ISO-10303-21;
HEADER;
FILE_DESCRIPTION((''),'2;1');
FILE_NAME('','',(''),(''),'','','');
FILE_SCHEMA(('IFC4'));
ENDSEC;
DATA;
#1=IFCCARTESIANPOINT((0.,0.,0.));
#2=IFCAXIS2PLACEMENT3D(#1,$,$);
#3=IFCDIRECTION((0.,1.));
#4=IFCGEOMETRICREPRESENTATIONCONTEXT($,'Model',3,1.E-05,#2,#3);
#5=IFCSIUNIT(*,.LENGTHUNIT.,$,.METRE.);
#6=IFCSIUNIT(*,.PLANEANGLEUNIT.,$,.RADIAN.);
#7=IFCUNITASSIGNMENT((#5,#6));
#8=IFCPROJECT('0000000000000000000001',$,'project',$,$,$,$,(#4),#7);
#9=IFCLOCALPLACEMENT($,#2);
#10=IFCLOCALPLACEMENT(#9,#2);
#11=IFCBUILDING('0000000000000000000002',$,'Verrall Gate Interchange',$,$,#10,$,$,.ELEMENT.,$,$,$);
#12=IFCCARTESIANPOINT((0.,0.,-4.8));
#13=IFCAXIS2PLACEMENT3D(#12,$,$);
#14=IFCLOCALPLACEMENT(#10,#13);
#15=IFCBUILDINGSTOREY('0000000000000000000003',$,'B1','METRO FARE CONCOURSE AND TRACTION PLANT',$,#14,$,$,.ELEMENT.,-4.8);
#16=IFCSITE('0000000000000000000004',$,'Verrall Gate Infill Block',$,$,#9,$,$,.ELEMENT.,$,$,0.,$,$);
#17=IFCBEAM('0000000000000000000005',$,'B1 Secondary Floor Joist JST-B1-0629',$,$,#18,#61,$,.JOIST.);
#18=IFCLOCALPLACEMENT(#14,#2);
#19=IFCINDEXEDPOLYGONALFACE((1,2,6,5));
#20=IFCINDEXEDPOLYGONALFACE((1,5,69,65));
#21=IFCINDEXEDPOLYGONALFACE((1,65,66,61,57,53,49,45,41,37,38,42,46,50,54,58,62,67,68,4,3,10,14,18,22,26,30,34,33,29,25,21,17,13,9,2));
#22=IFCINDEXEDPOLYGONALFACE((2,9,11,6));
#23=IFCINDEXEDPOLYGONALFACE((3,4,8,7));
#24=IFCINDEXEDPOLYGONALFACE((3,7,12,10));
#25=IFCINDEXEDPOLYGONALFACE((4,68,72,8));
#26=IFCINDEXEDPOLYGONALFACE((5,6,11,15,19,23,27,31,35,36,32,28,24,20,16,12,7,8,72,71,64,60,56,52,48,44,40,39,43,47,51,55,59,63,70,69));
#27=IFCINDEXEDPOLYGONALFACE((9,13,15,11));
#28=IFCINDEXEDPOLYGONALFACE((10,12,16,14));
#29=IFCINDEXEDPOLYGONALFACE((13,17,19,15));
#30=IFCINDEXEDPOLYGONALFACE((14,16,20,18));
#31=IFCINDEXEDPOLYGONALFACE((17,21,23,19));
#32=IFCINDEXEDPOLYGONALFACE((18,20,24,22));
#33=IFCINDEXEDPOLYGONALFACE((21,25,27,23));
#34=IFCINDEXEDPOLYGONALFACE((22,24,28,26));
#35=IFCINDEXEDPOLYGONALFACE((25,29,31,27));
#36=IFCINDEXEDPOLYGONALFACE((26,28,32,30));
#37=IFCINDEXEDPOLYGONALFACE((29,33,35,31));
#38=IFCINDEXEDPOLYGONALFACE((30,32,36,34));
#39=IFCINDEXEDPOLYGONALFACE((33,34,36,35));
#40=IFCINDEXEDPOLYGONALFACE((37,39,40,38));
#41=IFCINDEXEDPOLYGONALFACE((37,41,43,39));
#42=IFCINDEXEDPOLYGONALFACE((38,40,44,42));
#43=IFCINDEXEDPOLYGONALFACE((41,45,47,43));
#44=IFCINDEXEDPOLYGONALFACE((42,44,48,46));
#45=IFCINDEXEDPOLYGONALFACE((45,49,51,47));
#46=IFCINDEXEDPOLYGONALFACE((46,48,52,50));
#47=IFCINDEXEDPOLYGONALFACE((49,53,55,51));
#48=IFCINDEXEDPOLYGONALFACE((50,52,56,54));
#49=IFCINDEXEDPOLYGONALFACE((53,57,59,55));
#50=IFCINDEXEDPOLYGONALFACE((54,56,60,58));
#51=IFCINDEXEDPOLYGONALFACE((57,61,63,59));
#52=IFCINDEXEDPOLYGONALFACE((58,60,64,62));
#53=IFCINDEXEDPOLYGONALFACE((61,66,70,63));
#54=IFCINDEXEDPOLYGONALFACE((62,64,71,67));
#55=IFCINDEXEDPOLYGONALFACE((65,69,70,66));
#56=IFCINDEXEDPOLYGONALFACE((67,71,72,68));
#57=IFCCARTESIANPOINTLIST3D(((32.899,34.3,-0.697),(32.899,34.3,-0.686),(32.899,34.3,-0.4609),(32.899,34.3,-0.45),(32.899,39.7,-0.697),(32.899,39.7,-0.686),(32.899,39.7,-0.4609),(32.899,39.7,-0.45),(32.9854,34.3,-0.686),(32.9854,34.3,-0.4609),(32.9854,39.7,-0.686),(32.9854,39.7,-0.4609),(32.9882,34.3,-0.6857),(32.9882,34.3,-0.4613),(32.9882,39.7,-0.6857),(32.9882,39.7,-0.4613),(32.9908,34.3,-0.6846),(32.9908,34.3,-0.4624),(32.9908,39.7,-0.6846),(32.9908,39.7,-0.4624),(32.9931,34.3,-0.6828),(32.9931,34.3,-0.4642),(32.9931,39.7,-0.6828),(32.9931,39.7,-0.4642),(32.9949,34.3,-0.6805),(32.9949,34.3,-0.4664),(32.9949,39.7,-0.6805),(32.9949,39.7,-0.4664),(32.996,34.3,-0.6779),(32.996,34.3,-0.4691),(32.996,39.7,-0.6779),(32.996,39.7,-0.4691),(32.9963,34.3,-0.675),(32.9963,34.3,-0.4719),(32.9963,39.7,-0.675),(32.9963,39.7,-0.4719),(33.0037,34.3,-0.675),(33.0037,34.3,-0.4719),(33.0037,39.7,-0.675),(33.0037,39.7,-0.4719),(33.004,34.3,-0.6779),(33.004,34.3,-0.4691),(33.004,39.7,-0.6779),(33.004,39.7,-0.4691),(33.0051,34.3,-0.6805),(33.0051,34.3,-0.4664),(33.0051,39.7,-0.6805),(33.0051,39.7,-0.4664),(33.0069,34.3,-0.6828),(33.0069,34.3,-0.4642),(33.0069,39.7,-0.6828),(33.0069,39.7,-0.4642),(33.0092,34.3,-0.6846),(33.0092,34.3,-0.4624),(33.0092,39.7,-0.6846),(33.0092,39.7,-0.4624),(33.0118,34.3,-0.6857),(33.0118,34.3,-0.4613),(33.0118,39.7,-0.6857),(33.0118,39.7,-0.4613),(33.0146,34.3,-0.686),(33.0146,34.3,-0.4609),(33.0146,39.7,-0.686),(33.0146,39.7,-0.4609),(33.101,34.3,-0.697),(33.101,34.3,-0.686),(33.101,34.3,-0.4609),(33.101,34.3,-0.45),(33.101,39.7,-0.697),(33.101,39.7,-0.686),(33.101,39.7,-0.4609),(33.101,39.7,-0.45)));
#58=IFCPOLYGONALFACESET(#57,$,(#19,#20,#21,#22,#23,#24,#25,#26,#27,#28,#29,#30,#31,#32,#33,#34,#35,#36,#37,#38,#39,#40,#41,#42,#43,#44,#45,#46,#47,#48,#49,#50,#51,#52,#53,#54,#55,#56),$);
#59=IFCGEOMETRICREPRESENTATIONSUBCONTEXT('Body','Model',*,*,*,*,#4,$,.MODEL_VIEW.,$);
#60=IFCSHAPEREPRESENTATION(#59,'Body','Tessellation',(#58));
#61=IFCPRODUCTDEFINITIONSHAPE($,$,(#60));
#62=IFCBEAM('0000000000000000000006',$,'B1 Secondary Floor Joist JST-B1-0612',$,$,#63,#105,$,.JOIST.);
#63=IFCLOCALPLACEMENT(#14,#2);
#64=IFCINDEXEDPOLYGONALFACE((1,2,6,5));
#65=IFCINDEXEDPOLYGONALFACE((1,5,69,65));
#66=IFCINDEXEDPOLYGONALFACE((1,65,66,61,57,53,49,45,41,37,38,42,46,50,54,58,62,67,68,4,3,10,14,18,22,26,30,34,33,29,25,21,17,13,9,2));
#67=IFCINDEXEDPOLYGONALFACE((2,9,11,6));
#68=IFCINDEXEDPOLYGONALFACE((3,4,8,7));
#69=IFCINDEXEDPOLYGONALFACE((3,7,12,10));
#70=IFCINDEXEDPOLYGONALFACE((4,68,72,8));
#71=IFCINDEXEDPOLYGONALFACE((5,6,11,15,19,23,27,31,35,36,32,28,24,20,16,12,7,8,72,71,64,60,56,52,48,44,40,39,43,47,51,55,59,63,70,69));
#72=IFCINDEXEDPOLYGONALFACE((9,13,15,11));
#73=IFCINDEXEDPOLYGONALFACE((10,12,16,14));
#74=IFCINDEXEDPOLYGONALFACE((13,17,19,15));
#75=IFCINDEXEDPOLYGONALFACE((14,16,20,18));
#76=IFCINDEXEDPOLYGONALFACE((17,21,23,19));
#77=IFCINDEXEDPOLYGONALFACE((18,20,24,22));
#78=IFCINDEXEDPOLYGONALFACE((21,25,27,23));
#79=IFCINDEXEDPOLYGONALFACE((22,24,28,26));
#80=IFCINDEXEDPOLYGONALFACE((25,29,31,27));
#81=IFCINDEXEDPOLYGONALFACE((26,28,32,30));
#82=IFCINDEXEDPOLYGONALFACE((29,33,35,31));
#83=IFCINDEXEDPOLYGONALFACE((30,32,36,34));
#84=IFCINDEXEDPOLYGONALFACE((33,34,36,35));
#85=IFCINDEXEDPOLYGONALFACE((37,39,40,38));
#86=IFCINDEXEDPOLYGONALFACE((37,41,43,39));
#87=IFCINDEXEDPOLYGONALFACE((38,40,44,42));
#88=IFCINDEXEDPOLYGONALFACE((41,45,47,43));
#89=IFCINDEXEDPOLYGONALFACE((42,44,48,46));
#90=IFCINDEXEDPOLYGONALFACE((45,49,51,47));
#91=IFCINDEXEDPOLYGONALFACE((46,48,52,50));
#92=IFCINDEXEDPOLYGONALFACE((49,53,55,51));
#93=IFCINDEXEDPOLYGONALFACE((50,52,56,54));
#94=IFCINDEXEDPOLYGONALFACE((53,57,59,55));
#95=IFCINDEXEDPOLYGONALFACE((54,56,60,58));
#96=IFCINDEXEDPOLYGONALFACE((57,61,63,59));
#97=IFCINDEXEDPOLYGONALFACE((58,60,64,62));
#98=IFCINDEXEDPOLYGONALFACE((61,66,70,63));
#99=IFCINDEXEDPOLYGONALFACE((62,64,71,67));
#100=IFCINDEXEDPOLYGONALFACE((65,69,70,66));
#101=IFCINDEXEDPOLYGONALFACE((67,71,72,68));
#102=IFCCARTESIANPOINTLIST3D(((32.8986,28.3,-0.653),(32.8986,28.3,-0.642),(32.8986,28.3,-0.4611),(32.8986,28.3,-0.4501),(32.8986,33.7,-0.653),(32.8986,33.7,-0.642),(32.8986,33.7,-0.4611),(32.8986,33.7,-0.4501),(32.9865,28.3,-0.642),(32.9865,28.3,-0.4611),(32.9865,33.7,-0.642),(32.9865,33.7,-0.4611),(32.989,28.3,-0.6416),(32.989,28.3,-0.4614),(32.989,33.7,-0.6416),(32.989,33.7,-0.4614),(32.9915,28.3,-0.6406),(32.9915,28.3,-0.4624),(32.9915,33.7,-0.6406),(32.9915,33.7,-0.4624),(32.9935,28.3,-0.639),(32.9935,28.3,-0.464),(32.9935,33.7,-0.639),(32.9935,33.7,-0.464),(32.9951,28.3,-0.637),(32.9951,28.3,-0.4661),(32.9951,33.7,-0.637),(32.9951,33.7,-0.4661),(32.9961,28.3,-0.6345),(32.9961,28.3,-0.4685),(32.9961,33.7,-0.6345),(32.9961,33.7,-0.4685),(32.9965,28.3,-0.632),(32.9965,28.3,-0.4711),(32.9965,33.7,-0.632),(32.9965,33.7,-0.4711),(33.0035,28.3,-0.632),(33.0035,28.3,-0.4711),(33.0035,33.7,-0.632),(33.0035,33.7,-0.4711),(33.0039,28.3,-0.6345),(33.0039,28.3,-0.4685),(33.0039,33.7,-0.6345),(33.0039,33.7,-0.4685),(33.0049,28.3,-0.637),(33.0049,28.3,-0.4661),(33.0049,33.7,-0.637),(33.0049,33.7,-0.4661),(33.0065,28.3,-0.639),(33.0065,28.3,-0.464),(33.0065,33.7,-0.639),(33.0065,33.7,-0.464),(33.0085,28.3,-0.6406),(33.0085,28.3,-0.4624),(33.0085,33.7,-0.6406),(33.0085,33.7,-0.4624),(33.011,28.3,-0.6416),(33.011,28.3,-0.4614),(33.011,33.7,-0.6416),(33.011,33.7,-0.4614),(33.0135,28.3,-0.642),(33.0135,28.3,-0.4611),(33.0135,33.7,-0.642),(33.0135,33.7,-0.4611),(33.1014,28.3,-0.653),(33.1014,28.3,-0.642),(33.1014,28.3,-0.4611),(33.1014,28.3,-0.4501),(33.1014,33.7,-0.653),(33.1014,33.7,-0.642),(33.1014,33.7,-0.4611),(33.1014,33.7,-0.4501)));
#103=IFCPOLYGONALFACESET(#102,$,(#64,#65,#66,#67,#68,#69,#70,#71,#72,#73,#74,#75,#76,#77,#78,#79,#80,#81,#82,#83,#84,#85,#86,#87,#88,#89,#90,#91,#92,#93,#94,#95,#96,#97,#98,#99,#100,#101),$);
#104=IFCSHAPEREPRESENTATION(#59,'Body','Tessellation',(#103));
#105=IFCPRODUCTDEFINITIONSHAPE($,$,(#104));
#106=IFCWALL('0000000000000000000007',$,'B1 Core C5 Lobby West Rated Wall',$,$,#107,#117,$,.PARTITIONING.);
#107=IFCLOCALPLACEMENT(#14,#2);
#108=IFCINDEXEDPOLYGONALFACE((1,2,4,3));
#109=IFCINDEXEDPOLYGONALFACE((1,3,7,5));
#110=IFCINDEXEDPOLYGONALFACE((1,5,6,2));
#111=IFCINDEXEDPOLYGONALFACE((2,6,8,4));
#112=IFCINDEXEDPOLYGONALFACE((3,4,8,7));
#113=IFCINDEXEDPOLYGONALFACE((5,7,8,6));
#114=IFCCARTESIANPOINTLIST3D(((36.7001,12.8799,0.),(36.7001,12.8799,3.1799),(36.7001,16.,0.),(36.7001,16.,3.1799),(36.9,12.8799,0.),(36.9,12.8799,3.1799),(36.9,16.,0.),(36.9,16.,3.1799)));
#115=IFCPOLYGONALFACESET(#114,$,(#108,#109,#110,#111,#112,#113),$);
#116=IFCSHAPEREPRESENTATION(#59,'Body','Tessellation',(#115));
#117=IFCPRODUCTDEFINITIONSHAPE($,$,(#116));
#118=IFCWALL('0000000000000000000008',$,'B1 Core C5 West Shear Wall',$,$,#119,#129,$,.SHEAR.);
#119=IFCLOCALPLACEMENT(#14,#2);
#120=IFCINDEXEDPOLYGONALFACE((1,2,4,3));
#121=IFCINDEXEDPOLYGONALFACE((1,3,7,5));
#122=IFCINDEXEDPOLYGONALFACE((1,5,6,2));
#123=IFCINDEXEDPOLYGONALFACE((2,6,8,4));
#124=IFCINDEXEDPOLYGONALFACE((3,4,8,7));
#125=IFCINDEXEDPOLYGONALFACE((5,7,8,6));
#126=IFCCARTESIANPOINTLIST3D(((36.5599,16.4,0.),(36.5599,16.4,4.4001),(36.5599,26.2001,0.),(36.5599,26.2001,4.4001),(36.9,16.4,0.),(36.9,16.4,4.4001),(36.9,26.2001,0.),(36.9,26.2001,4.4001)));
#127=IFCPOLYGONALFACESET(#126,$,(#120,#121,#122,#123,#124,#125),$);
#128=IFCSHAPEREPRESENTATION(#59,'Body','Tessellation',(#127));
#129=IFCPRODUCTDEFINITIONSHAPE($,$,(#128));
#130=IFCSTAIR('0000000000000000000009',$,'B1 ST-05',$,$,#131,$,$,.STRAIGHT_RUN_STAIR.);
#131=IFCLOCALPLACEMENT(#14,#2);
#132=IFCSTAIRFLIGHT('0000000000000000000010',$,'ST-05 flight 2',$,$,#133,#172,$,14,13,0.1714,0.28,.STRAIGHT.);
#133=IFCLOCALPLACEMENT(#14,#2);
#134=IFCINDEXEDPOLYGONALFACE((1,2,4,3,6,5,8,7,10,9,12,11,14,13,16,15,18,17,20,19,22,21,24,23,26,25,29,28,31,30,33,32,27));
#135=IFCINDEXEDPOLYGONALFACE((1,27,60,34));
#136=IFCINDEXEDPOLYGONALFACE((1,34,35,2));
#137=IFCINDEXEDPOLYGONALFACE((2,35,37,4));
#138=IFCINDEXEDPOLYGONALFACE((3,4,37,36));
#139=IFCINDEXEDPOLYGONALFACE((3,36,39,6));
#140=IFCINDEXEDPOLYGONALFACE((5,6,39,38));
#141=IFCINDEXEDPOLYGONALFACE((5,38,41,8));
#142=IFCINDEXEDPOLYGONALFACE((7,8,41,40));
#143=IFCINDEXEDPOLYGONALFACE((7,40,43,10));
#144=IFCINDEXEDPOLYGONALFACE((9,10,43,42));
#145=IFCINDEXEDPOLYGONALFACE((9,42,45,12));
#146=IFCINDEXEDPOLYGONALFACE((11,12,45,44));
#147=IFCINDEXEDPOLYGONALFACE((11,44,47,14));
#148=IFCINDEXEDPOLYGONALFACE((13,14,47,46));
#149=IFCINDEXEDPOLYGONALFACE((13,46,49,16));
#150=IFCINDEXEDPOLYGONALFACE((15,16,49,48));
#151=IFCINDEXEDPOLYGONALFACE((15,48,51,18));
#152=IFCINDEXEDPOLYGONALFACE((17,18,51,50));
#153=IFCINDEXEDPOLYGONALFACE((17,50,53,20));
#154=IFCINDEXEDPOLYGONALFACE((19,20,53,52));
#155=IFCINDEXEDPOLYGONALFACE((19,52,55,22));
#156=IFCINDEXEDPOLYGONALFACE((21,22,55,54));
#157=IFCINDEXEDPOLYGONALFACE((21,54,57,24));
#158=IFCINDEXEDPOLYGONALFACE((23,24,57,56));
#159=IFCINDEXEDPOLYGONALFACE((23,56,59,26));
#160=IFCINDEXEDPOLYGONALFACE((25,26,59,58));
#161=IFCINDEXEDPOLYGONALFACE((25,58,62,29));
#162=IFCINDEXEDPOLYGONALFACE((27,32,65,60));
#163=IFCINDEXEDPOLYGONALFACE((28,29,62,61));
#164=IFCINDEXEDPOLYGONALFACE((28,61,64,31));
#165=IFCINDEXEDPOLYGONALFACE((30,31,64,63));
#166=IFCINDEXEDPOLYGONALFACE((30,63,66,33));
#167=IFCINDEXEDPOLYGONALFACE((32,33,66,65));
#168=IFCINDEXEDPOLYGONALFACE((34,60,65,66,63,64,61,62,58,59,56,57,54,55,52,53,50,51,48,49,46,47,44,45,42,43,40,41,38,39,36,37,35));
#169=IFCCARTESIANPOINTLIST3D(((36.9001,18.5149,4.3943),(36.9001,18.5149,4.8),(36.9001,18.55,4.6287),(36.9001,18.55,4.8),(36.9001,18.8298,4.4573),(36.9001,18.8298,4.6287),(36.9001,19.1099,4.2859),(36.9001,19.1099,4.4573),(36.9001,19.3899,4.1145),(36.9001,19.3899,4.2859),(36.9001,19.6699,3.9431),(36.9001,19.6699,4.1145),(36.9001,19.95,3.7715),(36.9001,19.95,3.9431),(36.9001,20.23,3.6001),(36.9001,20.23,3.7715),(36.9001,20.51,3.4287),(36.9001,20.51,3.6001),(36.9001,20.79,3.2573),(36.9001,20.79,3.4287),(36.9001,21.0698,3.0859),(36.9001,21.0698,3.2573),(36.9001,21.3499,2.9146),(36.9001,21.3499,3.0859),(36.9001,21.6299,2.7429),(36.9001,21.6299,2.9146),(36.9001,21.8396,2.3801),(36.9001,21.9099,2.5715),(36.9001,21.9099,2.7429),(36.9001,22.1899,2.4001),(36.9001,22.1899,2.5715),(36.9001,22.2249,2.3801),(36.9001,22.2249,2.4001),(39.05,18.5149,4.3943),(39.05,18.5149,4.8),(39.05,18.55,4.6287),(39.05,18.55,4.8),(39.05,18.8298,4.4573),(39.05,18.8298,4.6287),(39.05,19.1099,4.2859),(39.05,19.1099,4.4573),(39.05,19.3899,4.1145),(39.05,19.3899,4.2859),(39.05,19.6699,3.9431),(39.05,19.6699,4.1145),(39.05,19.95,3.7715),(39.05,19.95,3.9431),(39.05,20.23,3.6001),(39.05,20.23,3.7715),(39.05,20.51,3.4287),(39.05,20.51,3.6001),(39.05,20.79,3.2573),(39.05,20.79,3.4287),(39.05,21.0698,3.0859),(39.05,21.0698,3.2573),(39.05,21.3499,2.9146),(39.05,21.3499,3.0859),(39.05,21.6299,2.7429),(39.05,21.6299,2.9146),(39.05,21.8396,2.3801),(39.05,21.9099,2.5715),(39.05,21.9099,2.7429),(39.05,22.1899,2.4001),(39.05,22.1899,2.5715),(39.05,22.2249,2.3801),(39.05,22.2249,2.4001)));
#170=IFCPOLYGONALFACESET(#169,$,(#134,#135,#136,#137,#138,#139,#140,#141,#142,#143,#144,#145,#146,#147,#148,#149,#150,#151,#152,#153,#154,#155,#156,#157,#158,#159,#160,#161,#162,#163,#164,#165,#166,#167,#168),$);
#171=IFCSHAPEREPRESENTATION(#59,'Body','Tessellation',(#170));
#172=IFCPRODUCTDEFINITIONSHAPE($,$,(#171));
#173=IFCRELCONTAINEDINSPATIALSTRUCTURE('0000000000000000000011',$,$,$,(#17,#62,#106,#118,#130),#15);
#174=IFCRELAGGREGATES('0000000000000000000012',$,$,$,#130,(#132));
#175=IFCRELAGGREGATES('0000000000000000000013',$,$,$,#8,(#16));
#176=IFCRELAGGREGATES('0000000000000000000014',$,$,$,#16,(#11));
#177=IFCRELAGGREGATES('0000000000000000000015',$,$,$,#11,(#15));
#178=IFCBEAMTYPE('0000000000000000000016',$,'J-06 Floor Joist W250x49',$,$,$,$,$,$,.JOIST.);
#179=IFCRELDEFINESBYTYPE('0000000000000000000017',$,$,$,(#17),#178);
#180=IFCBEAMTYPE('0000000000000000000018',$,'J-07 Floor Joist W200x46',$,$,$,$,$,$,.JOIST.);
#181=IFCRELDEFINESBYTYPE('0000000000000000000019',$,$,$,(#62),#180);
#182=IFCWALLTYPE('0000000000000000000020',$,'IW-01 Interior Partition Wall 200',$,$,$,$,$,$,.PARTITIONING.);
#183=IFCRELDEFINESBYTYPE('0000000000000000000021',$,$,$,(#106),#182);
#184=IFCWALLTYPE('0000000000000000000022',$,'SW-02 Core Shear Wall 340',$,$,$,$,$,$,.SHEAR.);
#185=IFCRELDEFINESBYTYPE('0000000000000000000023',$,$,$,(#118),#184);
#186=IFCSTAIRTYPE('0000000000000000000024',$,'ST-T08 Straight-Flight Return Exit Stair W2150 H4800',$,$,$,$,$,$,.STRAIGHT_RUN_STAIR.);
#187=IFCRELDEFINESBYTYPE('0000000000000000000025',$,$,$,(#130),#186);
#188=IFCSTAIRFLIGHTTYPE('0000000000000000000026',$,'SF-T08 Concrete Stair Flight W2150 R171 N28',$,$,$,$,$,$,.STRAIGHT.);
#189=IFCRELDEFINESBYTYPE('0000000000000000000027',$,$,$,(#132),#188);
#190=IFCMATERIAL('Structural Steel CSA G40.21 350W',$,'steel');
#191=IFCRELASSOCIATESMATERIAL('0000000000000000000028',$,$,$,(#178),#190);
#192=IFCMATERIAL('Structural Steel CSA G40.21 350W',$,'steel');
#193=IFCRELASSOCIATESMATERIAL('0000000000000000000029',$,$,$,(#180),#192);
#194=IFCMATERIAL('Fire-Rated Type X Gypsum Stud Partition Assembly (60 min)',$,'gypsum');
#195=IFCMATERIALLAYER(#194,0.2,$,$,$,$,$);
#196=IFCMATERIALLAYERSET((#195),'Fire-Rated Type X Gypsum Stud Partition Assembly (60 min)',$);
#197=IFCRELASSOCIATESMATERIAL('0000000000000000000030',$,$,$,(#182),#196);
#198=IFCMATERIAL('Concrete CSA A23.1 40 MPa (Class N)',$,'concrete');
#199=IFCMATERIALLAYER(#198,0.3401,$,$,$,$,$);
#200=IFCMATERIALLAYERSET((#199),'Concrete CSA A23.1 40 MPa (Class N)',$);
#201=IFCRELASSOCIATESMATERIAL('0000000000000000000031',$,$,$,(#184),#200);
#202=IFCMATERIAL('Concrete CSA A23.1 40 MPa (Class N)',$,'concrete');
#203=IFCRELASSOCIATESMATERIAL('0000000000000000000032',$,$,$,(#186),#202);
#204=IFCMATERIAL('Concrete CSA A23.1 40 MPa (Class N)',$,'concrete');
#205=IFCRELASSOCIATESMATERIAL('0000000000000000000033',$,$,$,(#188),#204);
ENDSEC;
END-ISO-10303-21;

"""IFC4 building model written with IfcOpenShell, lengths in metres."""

from ifc_helpers import new_model, si_unit, direction, frame, frame_2d, origin, origin_2d, place, context, subcontext, project, spatial, polyline, rectangle, i_section, outline, extrude, material, layer, layer_set, material_profile, profile_set, type_object, element, aggregate, save


model = new_model("IFC4")

# Units and contexts
model_context = context("Model", 3, precision=1e-05, world=origin(), true_north=direction((0.0, 1.0)))
body_context = subcontext(model_context, "Body", "Model", "MODEL_VIEW")
ifc_project = project(units=[si_unit("LENGTHUNIT", "METRE"), si_unit("PLANEANGLEUNIT", "RADIAN")], contexts=[model_context])

# Site, building, storey
site_placement = place(None, origin())
site = spatial("IfcSite", under=ifc_project, at=site_placement, Name="Verrall Gate Infill Block", CompositionType="ELEMENT", RefElevation=0.0)
building_placement = place(site_placement, origin())
building = spatial("IfcBuilding", under=site, at=building_placement, Name="Verrall Gate Interchange", CompositionType="ELEMENT")
storey_placement = place(building_placement, frame((0.0, 0.0, -4.8)))
storey = spatial("IfcBuildingStorey", under=building, at=storey_placement, Name="B1", Description="METRO FARE CONCOURSE AND TRACTION PLANT", CompositionType="ELEMENT", Elevation=-4.8)

# Beams
ifc_material_1 = material(Name="Structural Steel CSA G40.21 350W", Category="steel")
ifc_material_profile_1 = material_profile(ifc_material_1, i_section(OverallWidth=0.2019, OverallDepth=0.2471, WebThickness=0.0073, FlangeThickness=0.011, FilletRadius=0.011, at=origin_2d()), Name="W250x49")
ifc_profile_set_1 = profile_set([ifc_material_profile_1], Name="Structural Steel CSA G40.21 350W")
beam_type_1 = type_object("IfcBeamType", Name="J-06 Floor Joist W250x49", PredefinedType="JOIST", material=ifc_profile_set_1)
beam_1_placement = place(storey_placement, frame((33.0, 34.3, -0.5735), z_axis=(0.0, 1.0, 0.0), x_axis=(-1.0, 0.0, 0.0)))
element("IfcBeam", 1, at=beam_1_placement, inside=storey, type_object=beam_type_1, Name="B1 Secondary Floor Joist JST-B1-0629", PredefinedType="JOIST", context=body_context, shape_type="SweptSolid", body=[
    extrude(i_section(OverallWidth=0.2019, OverallDepth=0.2471, WebThickness=0.0073, FlangeThickness=0.011, FilletRadius=0.011, at=origin_2d()), origin(), (0.0, 0.0, 1.0), 5.3999),
])
ifc_material_2 = material(Name="Structural Steel CSA G40.21 350W", Category="steel")
ifc_material_profile_2 = material_profile(ifc_material_2, i_section(OverallWidth=0.2029, OverallDepth=0.2029, WebThickness=0.0071, FlangeThickness=0.011, FilletRadius=0.01, at=origin_2d()), Name="W200x46")
ifc_profile_set_2 = profile_set([ifc_material_profile_2], Name="Structural Steel CSA G40.21 350W")
beam_type_2 = type_object("IfcBeamType", Name="J-07 Floor Joist W200x46", PredefinedType="JOIST", material=ifc_profile_set_2)
beam_2_placement = place(storey_placement, frame((33.0, 28.3, -0.5515), z_axis=(0.0, 1.0, 0.0), x_axis=(-1.0, 0.0, 0.0)))
element("IfcBeam", 2, at=beam_2_placement, inside=storey, type_object=beam_type_2, Name="B1 Secondary Floor Joist JST-B1-0612", PredefinedType="JOIST", context=body_context, shape_type="SweptSolid", body=[
    extrude(i_section(OverallWidth=0.2029, OverallDepth=0.2029, WebThickness=0.0071, FlangeThickness=0.011, FilletRadius=0.01, at=origin_2d()), origin(), (0.0, 0.0, 1.0), 5.3999),
])

# Wall
ifc_material_3 = material(Name="Fire-Rated Type X Gypsum Stud Partition Assembly (60 min)", Category="gypsum")
ifc_layer_1 = layer(ifc_material_3, 0.2)
ifc_layer_set_1 = layer_set([ifc_layer_1], Name="Fire-Rated Type X Gypsum Stud Partition Assembly (60 min)")
wall_type_1 = type_object("IfcWallType", Name="IW-01 Interior Partition Wall 200", PredefinedType="PARTITIONING", material=ifc_layer_set_1)
wall_1_placement = place(storey_placement, frame((36.8, 16.0, 0.0), z_axis=(0.0, 0.0, 1.0), x_axis=(0.0, -1.0, 0.0)))
element("IfcWall", 3, at=wall_1_placement, inside=storey, type_object=wall_type_1, Name="B1 Core C5 Lobby West Rated Wall", PredefinedType="PARTITIONING", context=body_context, shape_type="SweptSolid", body=[
    extrude(rectangle(XDim=3.1201, YDim=0.2, at=frame_2d((1.5601, 0.0))), origin(), (0.0, 0.0, 1.0), 3.1799),
])

# Shared definitions
ifc_material_4 = material(Name="Concrete CSA A23.1 40 MPa (Class N)", Category="concrete")
ifc_layer_2 = layer(ifc_material_4, 0.3401)
ifc_layer_set_2 = layer_set([ifc_layer_2], Name="Concrete CSA A23.1 40 MPa (Class N)")
wall_type_2 = type_object("IfcWallType", Name="SW-02 Core Shear Wall 340", PredefinedType="SHEAR", material=ifc_layer_set_2)

# Wall
wall_2_placement = place(storey_placement, frame((36.73, 26.2, 0.0), z_axis=(0.0, 0.0, 1.0), x_axis=(0.0, -1.0, 0.0)))
element("IfcWall", 4, at=wall_2_placement, inside=storey, type_object=wall_type_2, Name="B1 Core C5 West Shear Wall", PredefinedType="SHEAR", context=body_context, shape_type="SweptSolid", body=[
    extrude(rectangle(XDim=9.8, YDim=0.3401, at=frame_2d((4.8999, 0.0))), origin(), (0.0, 0.0, 1.0), 4.4001),
])

# Stair, stair flight
ifc_material_5 = material(Name="Concrete CSA A23.1 40 MPa (Class N)", Category="concrete")
stair_type = type_object("IfcStairType", Name="ST-T08 Straight-Flight Return Exit Stair W2150 H4800", PredefinedType="STRAIGHT_RUN_STAIR", material=ifc_material_5)
stair_placement = place(storey_placement, origin())
stair = element("IfcStair", 5, at=stair_placement, inside=storey, type_object=stair_type, Name="B1 ST-05", PredefinedType="STRAIGHT_RUN_STAIR")
ifc_material_6 = material(Name="Concrete CSA A23.1 40 MPa (Class N)", Category="concrete")
stair_flight_type = type_object("IfcStairFlightType", Name="SF-T08 Concrete Stair Flight W2150 R171 N28", PredefinedType="STRAIGHT", material=ifc_material_6)
stair_flight_placement = place(storey_placement, frame((37.9751, 22.1899, 2.4001), z_axis=(0.0, 0.0, 1.0), x_axis=(0.0, -1.0, 0.0)))
stair_flight = element("IfcStairFlight", 6, at=stair_flight_placement, type_object=stair_flight_type, Name="ST-05 flight 2", NumberOfRisers=14, NumberOfTreads=13, PredefinedType="STRAIGHT", RiserHeight=0.1714, TreadLength=0.28, context=body_context, shape_type="SweptSolid", body=[
    extrude(outline(polyline([(-0.0349, -0.02), (-0.0349, 0.0), (0.0, 0.0), (0.0, 0.1714), (0.28, 0.1714), (0.28, 0.3428), (0.5601, 0.3428), (0.5601, 0.5144), (0.8401, 0.5144), (0.8401, 0.6858), (1.1201, 0.6858), (1.1201, 0.8572), (1.3999, 0.8572), (1.3999, 1.0286), (1.6799, 1.0286), (1.6799, 1.2), (1.96, 1.2), (1.96, 1.3713), (2.24, 1.3713), (2.24, 1.543), (2.52, 1.543), (2.52, 1.7144), (2.8, 1.7144), (2.8, 1.8857), (3.0801, 1.8857), (3.0801, 2.0571), (3.3601, 2.0571), (3.3601, 2.2285), (3.6399, 2.2285), (3.6399, 2.3999), (3.675, 2.3999), (3.675, 1.9941), (0.3503, -0.02), (-0.0349, -0.02)])), frame((0.0, 1.075, 0.0), z_axis=(0.0, -1.0, 0.0), x_axis=(1.0, 0.0, 0.0)), (0.0, 0.0, 1.0), 2.1499),
])
aggregate(stair, [stair_flight])

save(model, "model.ifc")
